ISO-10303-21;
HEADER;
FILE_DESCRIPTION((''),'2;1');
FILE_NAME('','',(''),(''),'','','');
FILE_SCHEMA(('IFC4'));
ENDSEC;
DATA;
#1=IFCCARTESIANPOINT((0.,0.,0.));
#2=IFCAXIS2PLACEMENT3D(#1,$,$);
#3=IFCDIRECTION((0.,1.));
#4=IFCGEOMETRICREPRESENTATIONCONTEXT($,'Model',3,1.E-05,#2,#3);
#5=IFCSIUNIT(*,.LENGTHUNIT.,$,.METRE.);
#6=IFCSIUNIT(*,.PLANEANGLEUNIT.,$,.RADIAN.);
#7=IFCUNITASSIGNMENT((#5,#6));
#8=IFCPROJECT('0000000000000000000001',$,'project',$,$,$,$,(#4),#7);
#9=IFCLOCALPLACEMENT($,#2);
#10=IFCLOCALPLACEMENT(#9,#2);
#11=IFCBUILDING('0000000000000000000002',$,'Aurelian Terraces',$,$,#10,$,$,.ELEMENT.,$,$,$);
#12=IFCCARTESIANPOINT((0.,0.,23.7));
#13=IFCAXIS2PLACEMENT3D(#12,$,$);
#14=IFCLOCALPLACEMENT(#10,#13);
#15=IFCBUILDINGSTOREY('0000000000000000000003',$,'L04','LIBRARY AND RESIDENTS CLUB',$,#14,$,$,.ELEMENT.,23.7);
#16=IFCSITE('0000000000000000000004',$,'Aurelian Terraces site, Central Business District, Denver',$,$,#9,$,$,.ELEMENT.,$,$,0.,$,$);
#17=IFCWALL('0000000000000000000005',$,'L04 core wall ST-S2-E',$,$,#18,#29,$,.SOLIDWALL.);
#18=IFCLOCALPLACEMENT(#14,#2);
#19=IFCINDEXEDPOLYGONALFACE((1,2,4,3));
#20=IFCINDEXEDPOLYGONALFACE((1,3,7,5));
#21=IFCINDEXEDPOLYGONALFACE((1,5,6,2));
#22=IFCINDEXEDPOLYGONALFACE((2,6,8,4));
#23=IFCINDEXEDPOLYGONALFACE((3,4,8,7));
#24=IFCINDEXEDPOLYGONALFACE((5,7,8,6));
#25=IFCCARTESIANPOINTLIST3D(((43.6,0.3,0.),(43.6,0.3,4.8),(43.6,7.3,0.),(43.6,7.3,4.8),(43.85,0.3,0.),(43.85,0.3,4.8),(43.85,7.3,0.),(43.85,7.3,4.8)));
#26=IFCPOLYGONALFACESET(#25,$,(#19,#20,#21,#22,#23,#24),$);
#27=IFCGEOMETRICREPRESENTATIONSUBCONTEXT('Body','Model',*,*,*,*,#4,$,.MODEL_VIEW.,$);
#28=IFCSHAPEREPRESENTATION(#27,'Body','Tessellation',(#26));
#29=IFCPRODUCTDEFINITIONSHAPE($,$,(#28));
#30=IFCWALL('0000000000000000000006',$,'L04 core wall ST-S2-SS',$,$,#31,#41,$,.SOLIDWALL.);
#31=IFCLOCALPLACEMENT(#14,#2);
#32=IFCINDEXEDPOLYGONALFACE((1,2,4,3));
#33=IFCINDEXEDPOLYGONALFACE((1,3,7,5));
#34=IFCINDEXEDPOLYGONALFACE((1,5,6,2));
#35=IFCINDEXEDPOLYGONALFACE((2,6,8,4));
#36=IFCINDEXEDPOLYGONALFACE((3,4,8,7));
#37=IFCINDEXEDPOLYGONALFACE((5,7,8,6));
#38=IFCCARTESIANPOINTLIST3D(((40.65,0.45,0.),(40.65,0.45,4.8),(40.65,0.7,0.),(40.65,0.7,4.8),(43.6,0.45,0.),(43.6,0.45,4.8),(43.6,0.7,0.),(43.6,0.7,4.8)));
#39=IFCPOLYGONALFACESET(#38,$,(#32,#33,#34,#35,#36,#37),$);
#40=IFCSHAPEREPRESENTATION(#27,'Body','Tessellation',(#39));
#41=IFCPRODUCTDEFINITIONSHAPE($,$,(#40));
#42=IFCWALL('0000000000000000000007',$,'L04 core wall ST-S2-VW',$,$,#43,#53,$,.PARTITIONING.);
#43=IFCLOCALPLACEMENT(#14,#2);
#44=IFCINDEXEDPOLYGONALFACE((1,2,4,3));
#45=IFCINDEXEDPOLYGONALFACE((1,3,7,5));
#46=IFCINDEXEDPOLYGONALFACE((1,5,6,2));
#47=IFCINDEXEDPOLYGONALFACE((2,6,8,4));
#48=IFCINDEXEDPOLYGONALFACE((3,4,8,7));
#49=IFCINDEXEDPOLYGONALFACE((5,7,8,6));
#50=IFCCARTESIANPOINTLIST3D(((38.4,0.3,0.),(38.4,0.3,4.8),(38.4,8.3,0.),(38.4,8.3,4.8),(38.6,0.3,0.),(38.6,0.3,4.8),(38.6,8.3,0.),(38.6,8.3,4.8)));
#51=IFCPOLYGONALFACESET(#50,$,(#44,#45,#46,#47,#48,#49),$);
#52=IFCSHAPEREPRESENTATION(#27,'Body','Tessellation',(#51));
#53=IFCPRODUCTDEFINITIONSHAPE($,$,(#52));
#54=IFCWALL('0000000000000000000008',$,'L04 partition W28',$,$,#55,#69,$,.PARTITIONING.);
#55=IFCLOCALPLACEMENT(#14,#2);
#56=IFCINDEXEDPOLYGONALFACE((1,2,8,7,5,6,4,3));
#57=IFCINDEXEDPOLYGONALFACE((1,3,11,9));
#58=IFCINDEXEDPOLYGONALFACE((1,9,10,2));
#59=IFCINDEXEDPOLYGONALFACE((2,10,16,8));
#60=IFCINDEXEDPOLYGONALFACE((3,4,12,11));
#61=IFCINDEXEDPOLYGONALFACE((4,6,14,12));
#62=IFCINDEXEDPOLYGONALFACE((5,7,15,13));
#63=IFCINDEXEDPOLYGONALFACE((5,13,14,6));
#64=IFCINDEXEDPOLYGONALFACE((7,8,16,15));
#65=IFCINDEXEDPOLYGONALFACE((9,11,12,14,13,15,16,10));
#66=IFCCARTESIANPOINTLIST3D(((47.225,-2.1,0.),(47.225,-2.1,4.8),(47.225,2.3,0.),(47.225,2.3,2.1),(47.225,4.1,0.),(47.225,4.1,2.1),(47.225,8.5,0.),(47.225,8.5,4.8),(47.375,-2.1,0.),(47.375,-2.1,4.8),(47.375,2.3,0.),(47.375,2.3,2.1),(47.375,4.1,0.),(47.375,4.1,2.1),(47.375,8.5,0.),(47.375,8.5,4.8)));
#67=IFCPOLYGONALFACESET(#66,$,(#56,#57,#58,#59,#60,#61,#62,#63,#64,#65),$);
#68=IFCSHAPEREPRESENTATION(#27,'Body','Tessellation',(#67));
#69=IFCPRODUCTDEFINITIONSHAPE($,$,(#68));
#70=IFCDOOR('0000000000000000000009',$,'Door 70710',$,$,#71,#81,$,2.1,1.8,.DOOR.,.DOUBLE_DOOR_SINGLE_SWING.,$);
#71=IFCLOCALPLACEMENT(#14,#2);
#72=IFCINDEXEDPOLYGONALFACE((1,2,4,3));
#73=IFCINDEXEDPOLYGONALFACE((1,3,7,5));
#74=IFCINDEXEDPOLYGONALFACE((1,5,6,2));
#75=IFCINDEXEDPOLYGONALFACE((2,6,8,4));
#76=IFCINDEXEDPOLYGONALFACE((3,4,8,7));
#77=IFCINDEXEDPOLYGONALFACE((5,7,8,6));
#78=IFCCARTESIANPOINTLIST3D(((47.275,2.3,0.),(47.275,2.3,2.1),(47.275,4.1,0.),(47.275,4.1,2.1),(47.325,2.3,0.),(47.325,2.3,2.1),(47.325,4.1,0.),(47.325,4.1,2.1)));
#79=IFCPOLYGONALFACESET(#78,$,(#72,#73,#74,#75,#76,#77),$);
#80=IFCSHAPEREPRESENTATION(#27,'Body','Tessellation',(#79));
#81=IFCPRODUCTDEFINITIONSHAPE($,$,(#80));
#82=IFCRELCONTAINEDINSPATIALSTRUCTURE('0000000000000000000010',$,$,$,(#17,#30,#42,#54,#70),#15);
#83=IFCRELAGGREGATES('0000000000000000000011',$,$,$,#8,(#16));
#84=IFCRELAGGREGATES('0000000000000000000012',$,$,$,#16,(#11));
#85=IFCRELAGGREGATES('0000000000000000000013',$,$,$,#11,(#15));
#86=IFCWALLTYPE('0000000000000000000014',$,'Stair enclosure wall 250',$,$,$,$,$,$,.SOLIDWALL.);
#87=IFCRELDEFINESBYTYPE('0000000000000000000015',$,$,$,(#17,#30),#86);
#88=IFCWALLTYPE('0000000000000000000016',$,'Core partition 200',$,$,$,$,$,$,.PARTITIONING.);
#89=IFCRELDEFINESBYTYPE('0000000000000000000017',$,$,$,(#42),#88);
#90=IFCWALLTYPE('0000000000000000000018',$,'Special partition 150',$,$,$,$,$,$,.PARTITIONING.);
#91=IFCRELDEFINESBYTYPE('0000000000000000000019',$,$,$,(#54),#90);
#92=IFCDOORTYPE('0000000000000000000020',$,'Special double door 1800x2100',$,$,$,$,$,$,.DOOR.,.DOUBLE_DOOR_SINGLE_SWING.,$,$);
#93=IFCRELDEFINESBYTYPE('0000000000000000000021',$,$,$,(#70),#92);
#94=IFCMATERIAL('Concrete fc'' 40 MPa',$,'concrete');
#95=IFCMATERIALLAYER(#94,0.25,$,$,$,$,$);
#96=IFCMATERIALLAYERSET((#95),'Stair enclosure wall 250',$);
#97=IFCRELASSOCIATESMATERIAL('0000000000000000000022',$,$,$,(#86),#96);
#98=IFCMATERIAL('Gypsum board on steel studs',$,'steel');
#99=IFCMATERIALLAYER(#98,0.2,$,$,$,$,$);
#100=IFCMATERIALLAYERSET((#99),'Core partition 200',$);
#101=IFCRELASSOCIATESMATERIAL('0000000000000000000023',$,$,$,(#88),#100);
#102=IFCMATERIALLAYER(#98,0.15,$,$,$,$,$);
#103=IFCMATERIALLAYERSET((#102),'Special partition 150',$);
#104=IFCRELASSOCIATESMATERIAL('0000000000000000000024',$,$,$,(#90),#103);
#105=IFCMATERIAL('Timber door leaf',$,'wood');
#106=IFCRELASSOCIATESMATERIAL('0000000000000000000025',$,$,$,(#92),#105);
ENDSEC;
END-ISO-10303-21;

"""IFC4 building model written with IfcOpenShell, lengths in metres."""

from ifc_helpers import new_model, si_unit, direction, frame, frame_2d, origin, place, context, subcontext, project, spatial, rectangle, extrude, source, transform, mapped, material, layer, layer_set, type_object, element, fill, save


model = new_model("IFC4")

# Units and contexts
model_context = context("Model", 3, precision=1e-05, world=origin(), true_north=direction((0.0, 1.0)))
body_context = subcontext(model_context, "Body", "Model", "MODEL_VIEW")
ifc_project = project(units=[si_unit("LENGTHUNIT", "METRE"), si_unit("PLANEANGLEUNIT", "RADIAN")], contexts=[model_context])

# Site, building, storey
site_placement = place(None, origin())
site = spatial("IfcSite", under=ifc_project, at=site_placement, Name="Aurelian Terraces site, Central Business District, Denver", CompositionType="ELEMENT", RefElevation=0.0)
building_placement = place(site_placement, origin())
building = spatial("IfcBuilding", under=site, at=building_placement, Name="Aurelian Terraces", CompositionType="ELEMENT")
storey_placement = place(building_placement, frame((0.0, 0.0, 23.7)))
storey = spatial("IfcBuildingStorey", under=building, at=storey_placement, Name="L04", Description="LIBRARY AND RESIDENTS CLUB", CompositionType="ELEMENT", Elevation=23.7)

# Shared definitions
ifc_material_1 = material(Name="Concrete fc' 40 MPa", Category="concrete")
ifc_layer_1 = layer(ifc_material_1, 0.25)
ifc_layer_set_1 = layer_set([ifc_layer_1], Name="Stair enclosure wall 250")
wall_type_1 = type_object("IfcWallType", Name="Stair enclosure wall 250", PredefinedType="SOLIDWALL", material=ifc_layer_set_1)
shared_shape_1 = source(origin(), body_context, "Body", "SweptSolid", [
    extrude(rectangle(XDim=7.0, YDim=0.25, at=frame_2d((3.5, 0.0))), origin(), (0.0, 0.0, 1.0), 4.8),
])

# Walls
wall_1_placement = place(storey_placement, frame((43.725, 0.3, 0.0), z_axis=(0.0, 0.0, 1.0), x_axis=(0.0, 1.0, 0.0)))
element("IfcWall", 1, at=wall_1_placement, inside=storey, type_object=wall_type_1, Name="L04 core wall ST-S2-E", PredefinedType="SOLIDWALL", context=body_context, shape_type="MappedRepresentation", body=[
    mapped(shared_shape_1, transform((0.0, 0.0, 0.0), scale=1.0)),
])
shared_shape_2 = source(origin(), body_context, "Body", "SweptSolid", [
    extrude(rectangle(XDim=2.95, YDim=0.25, at=frame_2d((1.475, 0.0))), origin(), (0.0, 0.0, 1.0), 4.8),
])
wall_2_placement = place(storey_placement, frame((40.65, 0.575, 0.0), z_axis=(0.0, 0.0, 1.0), x_axis=(1.0, 0.0, 0.0)))
element("IfcWall", 2, at=wall_2_placement, inside=storey, type_object=wall_type_1, Name="L04 core wall ST-S2-SS", PredefinedType="SOLIDWALL", context=body_context, shape_type="MappedRepresentation", body=[
    mapped(shared_shape_2, transform((0.0, 0.0, 0.0), scale=1.0)),
])
ifc_material_2 = material(Name="Gypsum board on steel studs", Category="steel")
ifc_layer_2 = layer(ifc_material_2, 0.2)
ifc_layer_set_2 = layer_set([ifc_layer_2], Name="Core partition 200")
wall_type_2 = type_object("IfcWallType", Name="Core partition 200", PredefinedType="PARTITIONING", material=ifc_layer_set_2)
shared_shape_3 = source(origin(), body_context, "Body", "SweptSolid", [
    extrude(rectangle(XDim=8.0, YDim=0.2, at=frame_2d((4.0, 0.0))), origin(), (0.0, 0.0, 1.0), 4.8),
])
wall_3_placement = place(storey_placement, frame((38.5, 0.3, 0.0), z_axis=(0.0, 0.0, 1.0), x_axis=(0.0, 1.0, 0.0)))
element("IfcWall", 3, at=wall_3_placement, inside=storey, type_object=wall_type_2, Name="L04 core wall ST-S2-VW", PredefinedType="PARTITIONING", context=body_context, shape_type="MappedRepresentation", body=[
    mapped(shared_shape_3, transform((0.0, 0.0, 0.0), scale=1.0)),
])

# Wall, opening, door
ifc_layer_3 = layer(ifc_material_2, 0.15)
ifc_layer_set_3 = layer_set([ifc_layer_3], Name="Special partition 150")
wall_type_3 = type_object("IfcWallType", Name="Special partition 150", PredefinedType="PARTITIONING", material=ifc_layer_set_3)
shared_shape_4 = source(origin(), body_context, "Body", "SweptSolid", [
    extrude(rectangle(XDim=10.6, YDim=0.15, at=frame_2d((5.3, 0.0))), origin(), (0.0, 0.0, 1.0), 4.8),
])
wall_4_placement = place(storey_placement, frame((47.3, -2.1, 0.0), z_axis=(0.0, 0.0, 1.0), x_axis=(0.0, 1.0, 0.0)))
wall_4 = element("IfcWall", 4, at=wall_4_placement, inside=storey, type_object=wall_type_3, Name="L04 partition W28", PredefinedType="PARTITIONING", context=body_context, shape_type="MappedRepresentation", body=[
    mapped(shared_shape_4, transform((0.0, 0.0, 0.0), scale=1.0)),
])
shared_shape_5 = source(origin(), body_context, "Body", "SweptSolid", [
    extrude(rectangle(XDim=1.8, YDim=2.1, at=frame_2d((0.9, 1.05))), frame((0.0, 0.085, 0.0), z_axis=(0.0, -1.0, 0.0), x_axis=(1.0, 0.0, 0.0)), (0.0, 0.0, 1.0), 0.17),
])
opening_1_placement = place(wall_4_placement, frame((4.4, 0.0, 0.0)))
opening_1 = element("IfcOpeningElement", 5, at=opening_1_placement, cuts=wall_4, PredefinedType="OPENING", context=body_context, shape_type="MappedRepresentation", body=[
    mapped(shared_shape_5, transform((0.0, 0.0, 0.0), scale=1.0)),
])
ifc_material_3 = material(Name="Timber door leaf", Category="wood")
door_type_1 = type_object("IfcDoorType", Name="Special double door 1800x2100", OperationType="DOUBLE_DOOR_SINGLE_SWING", PredefinedType="DOOR", material=ifc_material_3)
shared_shape_6 = source(origin(), body_context, "Body", "SweptSolid", [
    extrude(rectangle(XDim=1.8, YDim=2.1, at=frame_2d((0.9, 1.05))), frame((0.0, 0.025, 0.0), z_axis=(0.0, -1.0, 0.0), x_axis=(1.0, 0.0, 0.0)), (0.0, 0.0, 1.0), 0.05),
])
door_1_placement = place(opening_1_placement, origin())
door_1 = element("IfcDoor", 6, at=door_1_placement, inside=storey, type_object=door_type_1, Name="Door 70710", OperationType="DOUBLE_DOOR_SINGLE_SWING", OverallHeight=2.1, OverallWidth=1.8, PredefinedType="DOOR", context=body_context, shape_type="MappedRepresentation", body=[
    mapped(shared_shape_6, transform((0.0, 0.0, 0.0), scale=1.0)),
])
fill(opening_1, door_1)

save(model, "model.ifc")
